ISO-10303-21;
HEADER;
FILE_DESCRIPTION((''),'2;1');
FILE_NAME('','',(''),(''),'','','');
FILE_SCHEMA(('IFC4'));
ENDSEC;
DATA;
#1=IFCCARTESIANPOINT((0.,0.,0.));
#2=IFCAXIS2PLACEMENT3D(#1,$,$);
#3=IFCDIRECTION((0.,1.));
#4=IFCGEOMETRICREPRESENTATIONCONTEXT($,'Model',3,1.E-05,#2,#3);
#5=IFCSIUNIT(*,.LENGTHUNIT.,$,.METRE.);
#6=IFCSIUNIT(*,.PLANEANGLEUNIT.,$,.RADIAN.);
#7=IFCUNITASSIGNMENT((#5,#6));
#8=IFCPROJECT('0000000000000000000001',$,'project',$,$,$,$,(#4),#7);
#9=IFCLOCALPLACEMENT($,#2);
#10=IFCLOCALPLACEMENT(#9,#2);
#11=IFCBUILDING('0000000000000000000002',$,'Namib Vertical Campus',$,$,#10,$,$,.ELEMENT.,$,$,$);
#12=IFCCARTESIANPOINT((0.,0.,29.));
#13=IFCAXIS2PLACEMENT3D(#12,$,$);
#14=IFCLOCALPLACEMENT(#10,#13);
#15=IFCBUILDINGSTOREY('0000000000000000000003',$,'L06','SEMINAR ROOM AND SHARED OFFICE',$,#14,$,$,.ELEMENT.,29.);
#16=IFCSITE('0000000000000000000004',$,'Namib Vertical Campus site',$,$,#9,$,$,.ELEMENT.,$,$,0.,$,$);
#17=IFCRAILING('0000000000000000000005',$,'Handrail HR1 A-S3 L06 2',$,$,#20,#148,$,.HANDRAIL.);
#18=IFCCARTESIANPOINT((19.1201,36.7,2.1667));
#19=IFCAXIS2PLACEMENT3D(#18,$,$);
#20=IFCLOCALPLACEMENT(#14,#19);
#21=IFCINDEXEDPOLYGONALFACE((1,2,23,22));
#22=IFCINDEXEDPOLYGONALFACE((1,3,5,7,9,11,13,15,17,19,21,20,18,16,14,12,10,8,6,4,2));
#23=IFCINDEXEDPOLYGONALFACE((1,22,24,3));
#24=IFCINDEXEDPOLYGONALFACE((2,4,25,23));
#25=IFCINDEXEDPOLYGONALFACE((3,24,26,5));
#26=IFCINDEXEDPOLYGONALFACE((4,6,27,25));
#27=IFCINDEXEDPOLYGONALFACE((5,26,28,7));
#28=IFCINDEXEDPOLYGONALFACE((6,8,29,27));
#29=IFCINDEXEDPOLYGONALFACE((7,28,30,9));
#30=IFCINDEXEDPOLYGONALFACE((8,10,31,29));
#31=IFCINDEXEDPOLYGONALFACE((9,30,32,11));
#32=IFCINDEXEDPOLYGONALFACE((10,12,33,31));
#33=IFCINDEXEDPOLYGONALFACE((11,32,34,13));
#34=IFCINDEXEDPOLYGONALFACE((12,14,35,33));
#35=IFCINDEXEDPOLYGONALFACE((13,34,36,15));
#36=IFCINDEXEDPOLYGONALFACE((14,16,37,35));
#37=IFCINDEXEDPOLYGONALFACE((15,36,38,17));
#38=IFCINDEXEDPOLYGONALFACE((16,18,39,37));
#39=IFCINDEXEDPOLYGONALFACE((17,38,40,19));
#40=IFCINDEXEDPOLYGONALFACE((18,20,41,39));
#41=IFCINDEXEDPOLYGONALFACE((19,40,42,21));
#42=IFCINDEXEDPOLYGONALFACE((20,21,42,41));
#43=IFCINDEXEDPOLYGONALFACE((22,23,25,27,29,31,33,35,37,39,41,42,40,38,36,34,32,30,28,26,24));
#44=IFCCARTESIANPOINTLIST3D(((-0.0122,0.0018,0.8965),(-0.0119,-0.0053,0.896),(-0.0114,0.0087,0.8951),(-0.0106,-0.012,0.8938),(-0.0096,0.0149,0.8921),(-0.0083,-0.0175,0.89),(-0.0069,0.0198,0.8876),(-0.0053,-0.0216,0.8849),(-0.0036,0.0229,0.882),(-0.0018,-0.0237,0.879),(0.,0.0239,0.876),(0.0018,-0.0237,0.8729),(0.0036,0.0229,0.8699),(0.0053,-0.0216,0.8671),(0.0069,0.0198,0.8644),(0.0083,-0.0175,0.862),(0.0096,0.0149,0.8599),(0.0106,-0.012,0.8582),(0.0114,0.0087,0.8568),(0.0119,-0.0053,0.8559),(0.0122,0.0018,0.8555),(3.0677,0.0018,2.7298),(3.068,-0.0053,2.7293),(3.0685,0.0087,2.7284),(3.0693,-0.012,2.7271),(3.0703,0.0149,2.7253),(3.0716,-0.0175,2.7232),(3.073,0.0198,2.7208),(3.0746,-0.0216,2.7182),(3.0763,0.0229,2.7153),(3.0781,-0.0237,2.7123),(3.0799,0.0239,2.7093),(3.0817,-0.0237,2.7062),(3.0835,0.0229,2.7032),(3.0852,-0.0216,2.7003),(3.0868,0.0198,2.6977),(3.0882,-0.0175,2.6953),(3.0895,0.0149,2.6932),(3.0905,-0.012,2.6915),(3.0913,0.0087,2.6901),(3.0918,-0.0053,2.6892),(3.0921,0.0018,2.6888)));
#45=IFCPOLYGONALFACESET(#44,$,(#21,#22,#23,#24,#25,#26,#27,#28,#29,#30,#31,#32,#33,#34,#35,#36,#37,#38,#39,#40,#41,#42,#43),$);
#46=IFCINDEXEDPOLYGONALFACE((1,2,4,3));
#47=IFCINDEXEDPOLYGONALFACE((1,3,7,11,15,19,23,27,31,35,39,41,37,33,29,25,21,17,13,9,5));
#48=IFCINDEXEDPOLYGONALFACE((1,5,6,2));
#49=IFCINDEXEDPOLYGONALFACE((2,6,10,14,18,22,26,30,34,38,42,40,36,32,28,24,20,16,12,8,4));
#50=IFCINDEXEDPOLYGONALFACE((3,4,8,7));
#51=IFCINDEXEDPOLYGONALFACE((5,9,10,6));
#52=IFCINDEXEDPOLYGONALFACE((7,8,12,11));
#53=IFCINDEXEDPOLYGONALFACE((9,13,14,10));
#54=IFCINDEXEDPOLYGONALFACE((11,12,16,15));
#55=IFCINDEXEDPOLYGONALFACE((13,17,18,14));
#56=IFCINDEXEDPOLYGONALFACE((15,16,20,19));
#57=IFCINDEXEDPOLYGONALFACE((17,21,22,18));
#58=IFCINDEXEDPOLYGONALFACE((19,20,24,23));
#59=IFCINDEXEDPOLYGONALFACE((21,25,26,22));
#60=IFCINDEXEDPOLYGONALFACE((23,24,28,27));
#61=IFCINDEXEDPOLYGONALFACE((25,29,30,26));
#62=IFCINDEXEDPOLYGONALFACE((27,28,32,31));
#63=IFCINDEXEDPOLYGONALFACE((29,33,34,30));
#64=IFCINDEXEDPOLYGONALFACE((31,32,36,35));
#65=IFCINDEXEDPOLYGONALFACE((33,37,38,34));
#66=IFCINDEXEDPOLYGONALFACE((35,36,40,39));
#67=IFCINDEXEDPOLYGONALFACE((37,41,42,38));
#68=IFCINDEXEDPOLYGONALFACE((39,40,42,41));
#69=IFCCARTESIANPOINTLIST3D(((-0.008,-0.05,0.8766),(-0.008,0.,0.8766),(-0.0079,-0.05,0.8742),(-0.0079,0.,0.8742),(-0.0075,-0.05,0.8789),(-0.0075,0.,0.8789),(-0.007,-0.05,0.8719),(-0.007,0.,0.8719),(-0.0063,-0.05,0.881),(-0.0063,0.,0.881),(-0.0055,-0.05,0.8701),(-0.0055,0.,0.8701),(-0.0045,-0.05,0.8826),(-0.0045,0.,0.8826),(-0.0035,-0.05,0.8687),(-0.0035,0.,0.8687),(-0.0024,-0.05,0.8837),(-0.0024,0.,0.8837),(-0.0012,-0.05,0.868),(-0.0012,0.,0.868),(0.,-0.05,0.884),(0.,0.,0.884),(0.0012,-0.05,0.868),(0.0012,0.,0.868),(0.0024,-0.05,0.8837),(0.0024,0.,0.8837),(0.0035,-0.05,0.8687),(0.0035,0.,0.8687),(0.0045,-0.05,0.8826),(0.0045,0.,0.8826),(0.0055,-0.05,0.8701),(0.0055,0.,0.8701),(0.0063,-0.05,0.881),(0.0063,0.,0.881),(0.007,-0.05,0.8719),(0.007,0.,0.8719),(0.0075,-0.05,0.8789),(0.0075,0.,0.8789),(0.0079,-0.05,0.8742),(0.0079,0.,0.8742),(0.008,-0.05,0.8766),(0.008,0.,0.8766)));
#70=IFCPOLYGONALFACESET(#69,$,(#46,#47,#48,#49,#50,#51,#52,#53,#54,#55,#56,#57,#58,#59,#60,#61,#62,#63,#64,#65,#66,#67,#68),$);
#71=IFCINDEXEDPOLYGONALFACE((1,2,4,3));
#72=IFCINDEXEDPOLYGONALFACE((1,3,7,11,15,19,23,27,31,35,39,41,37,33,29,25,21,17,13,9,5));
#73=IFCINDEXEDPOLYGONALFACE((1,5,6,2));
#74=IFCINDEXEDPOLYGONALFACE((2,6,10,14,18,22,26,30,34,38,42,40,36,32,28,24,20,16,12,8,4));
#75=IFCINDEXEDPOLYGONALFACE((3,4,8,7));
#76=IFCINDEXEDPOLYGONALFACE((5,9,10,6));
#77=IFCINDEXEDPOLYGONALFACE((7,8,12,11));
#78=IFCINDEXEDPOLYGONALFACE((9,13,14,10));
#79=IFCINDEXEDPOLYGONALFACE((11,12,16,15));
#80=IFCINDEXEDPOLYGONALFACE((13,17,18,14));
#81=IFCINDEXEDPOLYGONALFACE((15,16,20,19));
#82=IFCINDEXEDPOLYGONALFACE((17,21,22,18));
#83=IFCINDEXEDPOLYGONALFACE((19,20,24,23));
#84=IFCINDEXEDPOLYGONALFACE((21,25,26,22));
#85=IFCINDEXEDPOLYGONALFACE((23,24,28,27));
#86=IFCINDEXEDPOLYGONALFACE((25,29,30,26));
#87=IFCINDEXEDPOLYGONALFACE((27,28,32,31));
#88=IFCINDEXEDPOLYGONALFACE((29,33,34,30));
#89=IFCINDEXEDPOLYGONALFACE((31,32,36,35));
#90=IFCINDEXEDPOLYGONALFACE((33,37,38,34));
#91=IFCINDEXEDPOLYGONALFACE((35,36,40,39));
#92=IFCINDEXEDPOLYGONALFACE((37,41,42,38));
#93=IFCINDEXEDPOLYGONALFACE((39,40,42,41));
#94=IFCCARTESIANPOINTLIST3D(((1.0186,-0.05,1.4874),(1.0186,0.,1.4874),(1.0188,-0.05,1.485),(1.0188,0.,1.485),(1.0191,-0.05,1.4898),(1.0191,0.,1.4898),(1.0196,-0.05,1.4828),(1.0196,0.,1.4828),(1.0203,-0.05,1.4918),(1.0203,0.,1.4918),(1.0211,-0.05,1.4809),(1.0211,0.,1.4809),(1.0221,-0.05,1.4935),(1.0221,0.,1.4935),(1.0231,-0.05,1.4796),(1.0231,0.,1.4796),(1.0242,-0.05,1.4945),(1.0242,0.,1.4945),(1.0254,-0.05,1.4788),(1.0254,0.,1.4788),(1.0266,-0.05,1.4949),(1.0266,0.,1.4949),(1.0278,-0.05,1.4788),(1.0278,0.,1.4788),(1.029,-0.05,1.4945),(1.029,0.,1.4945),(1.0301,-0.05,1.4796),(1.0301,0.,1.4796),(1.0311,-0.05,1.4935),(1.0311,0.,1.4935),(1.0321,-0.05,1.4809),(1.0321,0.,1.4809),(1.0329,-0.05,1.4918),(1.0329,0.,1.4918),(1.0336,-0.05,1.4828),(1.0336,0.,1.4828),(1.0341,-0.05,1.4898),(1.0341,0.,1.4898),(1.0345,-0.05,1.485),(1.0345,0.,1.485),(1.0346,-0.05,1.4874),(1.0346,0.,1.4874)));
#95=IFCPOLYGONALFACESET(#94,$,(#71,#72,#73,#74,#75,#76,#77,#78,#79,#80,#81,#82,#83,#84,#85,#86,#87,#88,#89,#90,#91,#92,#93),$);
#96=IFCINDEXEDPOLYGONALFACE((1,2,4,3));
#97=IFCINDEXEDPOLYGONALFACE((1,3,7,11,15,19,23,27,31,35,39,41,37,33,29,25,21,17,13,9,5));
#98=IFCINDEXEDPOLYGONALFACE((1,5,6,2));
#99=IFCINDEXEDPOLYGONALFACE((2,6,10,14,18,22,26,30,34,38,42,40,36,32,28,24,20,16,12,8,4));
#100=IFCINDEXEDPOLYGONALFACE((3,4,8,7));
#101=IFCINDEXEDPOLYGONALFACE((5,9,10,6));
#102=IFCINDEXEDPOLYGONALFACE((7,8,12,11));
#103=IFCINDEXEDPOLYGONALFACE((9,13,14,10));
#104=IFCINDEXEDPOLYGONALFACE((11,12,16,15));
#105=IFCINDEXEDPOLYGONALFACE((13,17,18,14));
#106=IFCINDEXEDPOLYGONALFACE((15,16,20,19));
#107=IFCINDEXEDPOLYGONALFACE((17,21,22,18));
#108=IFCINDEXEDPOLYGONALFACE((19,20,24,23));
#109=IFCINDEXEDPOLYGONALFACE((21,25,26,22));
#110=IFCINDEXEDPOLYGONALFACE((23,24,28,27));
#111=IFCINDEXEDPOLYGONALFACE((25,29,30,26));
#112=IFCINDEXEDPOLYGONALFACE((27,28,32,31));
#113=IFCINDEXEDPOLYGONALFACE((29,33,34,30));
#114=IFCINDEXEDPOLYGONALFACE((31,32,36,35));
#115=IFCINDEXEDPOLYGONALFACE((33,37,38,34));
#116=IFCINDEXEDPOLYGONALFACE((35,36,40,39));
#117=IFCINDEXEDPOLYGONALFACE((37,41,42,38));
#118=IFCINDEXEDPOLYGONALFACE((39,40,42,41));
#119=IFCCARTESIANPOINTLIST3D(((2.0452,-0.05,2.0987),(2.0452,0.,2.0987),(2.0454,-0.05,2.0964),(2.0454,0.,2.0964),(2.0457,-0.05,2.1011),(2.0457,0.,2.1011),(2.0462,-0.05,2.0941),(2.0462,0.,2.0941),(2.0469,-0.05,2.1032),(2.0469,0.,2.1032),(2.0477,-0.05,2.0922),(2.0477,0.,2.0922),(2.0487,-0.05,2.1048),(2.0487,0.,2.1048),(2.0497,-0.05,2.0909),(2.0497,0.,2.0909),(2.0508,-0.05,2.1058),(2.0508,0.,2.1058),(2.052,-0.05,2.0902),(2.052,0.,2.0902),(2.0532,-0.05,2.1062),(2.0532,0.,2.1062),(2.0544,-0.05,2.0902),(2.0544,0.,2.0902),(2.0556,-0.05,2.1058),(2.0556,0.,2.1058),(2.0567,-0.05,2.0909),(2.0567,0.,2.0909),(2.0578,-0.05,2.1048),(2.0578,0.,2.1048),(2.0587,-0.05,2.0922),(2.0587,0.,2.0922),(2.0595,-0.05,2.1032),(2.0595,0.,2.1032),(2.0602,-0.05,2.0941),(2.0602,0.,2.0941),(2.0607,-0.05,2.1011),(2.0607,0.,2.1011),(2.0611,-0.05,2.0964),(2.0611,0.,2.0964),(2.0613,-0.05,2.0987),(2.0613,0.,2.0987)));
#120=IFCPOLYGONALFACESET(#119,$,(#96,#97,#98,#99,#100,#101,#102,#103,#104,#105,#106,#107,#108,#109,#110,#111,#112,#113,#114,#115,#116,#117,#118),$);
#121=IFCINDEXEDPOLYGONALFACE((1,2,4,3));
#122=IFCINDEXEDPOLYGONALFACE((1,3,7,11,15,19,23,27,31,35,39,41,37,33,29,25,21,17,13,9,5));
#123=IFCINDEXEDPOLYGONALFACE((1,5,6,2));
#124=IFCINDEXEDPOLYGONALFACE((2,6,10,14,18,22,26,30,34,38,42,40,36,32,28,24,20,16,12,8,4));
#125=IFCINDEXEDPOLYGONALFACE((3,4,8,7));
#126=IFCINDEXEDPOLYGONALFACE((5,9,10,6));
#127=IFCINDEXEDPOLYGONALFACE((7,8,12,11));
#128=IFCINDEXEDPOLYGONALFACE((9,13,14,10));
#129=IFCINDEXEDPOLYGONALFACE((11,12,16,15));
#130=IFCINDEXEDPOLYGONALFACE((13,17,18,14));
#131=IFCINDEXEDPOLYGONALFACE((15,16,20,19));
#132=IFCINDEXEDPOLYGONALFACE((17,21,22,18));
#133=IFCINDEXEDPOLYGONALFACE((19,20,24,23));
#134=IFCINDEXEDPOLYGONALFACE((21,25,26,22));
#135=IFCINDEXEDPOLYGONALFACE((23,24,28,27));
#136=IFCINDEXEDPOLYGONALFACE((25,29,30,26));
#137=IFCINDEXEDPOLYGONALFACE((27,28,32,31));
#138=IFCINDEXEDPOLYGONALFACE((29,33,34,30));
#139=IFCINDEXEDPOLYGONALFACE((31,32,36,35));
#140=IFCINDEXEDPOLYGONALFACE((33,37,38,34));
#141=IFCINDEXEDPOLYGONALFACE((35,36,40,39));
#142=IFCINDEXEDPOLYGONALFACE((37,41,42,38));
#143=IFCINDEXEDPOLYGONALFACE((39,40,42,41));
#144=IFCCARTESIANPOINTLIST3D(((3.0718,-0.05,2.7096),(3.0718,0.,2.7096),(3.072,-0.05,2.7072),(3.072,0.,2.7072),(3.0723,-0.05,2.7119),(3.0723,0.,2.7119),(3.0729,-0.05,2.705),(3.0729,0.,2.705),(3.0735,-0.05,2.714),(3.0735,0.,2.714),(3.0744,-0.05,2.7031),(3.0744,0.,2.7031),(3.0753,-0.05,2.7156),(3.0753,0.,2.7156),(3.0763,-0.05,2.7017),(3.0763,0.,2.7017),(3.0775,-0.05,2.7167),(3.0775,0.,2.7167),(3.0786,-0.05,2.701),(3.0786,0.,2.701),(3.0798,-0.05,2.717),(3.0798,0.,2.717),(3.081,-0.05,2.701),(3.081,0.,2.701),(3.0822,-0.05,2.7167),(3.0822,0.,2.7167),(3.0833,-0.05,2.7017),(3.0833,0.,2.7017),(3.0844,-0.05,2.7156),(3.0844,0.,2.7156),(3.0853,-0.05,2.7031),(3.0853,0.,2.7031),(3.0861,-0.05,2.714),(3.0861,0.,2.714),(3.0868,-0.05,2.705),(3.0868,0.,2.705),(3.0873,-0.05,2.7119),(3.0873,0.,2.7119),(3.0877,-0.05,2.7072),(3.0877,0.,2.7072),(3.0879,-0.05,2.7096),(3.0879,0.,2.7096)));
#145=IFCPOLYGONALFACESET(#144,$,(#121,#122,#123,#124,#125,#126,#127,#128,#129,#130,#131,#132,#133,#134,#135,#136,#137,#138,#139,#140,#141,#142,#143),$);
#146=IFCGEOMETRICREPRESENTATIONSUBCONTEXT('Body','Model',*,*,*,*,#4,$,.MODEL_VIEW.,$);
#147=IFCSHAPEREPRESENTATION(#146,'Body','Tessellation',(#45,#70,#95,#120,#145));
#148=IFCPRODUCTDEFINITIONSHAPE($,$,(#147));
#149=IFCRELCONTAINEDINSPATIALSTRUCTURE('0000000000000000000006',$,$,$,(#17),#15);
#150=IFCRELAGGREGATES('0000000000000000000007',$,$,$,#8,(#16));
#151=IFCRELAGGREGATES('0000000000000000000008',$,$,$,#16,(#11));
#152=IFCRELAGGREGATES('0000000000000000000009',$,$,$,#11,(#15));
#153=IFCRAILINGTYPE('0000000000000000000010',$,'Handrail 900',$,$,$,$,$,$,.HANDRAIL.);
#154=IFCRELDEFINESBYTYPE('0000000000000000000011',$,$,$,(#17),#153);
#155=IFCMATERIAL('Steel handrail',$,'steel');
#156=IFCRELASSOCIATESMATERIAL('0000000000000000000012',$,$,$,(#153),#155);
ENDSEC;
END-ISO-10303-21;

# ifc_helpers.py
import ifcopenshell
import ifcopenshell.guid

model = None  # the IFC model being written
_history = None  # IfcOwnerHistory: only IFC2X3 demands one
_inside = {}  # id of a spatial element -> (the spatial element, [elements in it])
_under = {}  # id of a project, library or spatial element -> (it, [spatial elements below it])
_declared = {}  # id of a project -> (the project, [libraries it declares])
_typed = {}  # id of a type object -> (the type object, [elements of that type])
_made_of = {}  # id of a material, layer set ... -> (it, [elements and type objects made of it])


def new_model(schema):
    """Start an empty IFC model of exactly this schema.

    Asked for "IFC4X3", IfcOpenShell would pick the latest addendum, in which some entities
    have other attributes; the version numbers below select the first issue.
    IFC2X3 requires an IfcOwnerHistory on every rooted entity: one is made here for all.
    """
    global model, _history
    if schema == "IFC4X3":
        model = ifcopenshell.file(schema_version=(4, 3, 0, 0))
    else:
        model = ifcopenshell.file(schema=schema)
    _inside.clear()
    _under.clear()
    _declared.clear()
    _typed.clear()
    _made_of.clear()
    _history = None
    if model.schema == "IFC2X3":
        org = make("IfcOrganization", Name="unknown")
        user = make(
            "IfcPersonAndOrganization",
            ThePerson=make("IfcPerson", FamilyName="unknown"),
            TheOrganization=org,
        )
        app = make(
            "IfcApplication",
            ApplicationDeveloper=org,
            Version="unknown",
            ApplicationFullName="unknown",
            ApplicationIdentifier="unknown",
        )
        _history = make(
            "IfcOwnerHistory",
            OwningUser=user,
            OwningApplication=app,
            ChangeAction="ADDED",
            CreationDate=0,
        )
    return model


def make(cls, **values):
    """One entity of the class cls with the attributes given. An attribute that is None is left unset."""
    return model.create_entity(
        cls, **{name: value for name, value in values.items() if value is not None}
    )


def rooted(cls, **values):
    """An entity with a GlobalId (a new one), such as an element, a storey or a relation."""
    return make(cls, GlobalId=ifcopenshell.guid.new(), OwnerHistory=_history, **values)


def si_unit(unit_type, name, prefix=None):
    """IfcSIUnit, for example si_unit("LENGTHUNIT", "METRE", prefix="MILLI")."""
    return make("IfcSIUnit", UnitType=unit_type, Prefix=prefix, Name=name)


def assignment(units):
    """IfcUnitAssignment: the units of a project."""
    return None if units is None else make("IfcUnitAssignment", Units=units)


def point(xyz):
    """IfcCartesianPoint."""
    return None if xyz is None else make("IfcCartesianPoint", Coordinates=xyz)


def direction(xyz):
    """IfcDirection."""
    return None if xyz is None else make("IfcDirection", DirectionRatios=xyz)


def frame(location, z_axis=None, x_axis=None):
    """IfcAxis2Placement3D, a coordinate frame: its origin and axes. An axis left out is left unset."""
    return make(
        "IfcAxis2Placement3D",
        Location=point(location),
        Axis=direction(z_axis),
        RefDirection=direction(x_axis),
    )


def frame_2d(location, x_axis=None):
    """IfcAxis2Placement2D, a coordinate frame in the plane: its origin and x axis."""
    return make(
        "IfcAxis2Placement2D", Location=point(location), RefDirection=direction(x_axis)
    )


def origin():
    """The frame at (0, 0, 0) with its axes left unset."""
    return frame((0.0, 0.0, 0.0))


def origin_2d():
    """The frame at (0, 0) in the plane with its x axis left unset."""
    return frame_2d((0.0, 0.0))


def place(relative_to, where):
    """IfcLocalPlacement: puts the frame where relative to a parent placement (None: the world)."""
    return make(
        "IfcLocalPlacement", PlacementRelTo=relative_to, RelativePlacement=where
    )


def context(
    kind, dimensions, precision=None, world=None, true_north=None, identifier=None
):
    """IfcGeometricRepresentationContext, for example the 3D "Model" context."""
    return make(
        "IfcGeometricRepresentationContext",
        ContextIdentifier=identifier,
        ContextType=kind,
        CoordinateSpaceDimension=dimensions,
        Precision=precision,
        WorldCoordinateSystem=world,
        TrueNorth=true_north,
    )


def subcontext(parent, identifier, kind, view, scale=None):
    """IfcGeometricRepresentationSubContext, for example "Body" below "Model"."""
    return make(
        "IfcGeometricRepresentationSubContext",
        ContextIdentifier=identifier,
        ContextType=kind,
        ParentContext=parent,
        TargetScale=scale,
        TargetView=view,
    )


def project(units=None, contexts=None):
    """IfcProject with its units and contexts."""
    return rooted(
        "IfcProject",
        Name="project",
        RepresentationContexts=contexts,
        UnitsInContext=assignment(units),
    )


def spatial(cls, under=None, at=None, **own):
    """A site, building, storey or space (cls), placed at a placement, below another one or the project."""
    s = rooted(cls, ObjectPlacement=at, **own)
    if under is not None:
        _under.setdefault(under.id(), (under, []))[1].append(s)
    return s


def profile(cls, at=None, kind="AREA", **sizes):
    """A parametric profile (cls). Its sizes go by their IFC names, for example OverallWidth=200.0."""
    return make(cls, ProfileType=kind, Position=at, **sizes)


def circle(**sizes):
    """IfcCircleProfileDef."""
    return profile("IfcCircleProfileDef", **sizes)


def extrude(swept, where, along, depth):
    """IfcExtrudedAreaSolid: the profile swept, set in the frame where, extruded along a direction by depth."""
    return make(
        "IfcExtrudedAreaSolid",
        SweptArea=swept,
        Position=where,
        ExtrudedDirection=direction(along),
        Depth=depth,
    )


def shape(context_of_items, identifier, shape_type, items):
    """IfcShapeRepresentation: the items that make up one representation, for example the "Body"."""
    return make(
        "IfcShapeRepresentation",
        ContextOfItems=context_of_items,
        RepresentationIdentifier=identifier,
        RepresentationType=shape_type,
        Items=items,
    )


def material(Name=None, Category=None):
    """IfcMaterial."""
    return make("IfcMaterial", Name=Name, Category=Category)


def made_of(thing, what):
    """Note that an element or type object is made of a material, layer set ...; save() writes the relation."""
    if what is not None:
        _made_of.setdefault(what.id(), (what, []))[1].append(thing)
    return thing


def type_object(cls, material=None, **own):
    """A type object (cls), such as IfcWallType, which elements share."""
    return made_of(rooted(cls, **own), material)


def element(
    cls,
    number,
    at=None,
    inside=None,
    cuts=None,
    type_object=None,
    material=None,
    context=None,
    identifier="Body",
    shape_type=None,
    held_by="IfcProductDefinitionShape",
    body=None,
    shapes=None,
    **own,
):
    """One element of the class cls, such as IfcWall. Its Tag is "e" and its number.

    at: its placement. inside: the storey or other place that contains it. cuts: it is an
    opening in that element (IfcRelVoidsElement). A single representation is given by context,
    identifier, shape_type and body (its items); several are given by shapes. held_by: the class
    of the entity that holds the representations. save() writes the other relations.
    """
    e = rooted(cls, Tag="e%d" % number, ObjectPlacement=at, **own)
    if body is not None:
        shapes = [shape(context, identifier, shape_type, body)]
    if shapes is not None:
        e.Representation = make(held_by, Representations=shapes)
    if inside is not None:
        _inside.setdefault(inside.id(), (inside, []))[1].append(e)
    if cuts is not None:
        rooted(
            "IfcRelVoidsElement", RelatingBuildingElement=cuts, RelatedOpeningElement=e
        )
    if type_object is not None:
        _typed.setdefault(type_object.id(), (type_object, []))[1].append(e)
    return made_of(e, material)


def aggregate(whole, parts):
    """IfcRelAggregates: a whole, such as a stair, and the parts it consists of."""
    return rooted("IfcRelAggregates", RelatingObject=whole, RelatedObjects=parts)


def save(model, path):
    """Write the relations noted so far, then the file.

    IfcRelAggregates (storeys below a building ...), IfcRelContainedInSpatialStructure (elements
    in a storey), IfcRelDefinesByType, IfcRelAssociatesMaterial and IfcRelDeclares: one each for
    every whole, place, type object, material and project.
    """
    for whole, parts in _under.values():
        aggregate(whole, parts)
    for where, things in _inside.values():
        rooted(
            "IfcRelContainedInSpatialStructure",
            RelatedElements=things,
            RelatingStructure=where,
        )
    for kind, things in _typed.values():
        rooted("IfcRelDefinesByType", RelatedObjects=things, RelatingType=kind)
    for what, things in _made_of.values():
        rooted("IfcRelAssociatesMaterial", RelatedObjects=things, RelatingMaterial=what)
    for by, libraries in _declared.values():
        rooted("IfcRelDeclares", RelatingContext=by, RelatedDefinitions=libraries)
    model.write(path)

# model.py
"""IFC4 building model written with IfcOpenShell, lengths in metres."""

from ifc_helpers import new_model, si_unit, direction, frame, origin, origin_2d, place, context, subcontext, project, spatial, circle, extrude, material, type_object, element, save


model = new_model("IFC4")

# Units and contexts
model_context = context("Model", 3, precision=1e-05, world=origin(), true_north=direction((0.0, 1.0)))
body_context = subcontext(model_context, "Body", "Model", "MODEL_VIEW")
ifc_project = project(units=[si_unit("LENGTHUNIT", "METRE"), si_unit("PLANEANGLEUNIT", "RADIAN")], contexts=[model_context])

# Site, building, storey
site_placement = place(None, origin())
site = spatial("IfcSite", under=ifc_project, at=site_placement, Name="Namib Vertical Campus site", CompositionType="ELEMENT", RefElevation=0.0)
building_placement = place(site_placement, origin())
building = spatial("IfcBuilding", under=site, at=building_placement, Name="Namib Vertical Campus", CompositionType="ELEMENT")
storey_placement = place(building_placement, frame((0.0, 0.0, 29.0)))
storey = spatial("IfcBuildingStorey", under=building, at=storey_placement, Name="L06", Description="SEMINAR ROOM AND SHARED OFFICE", CompositionType="ELEMENT", Elevation=29.0)

# Railing
ifc_material_1 = material(Name="Steel handrail", Category="steel")
railing_type = type_object("IfcRailingType", Name="Handrail 900", PredefinedType="HANDRAIL", material=ifc_material_1)
railing_1_placement = place(storey_placement, frame((19.1201, 36.7, 2.1667)))
element("IfcRailing", 1, at=railing_1_placement, inside=storey, type_object=railing_type, Name="Handrail HR1 A-S3 L06 2", PredefinedType="HANDRAIL", context=body_context, shape_type="SweptSolid", body=[
    extrude(circle(Radius=0.0239, at=origin_2d()), frame((0.0, 0.0, 0.876), z_axis=(0.859291, 0.0, 0.511487), x_axis=(0.0, 1.0, 0.0)), (0.0, 0.0, 1.0), 3.5842),
    extrude(circle(Radius=0.0081, at=origin_2d()), frame((0.0, 0.0, 0.876), z_axis=(0.0, -1.0, 0.0), x_axis=(0.0, 0.0, 1.0)), (0.0, 0.0, 1.0), 0.05),
    extrude(circle(Radius=0.0081, at=origin_2d()), frame((1.0266, 0.0, 1.4868), z_axis=(0.0, -1.0, 0.0), x_axis=(0.0, 0.0, 1.0)), (0.0, 0.0, 1.0), 0.05),
    extrude(circle(Radius=0.0081, at=origin_2d()), frame((2.0532, 0.0, 2.0981), z_axis=(0.0, -1.0, 0.0), x_axis=(0.0, 0.0, 1.0)), (0.0, 0.0, 1.0), 0.05),
    extrude(circle(Radius=0.0081, at=origin_2d()), frame((3.0798, 0.0, 2.709), z_axis=(0.0, -1.0, 0.0), x_axis=(0.0, 0.0, 1.0)), (0.0, 0.0, 1.0), 0.05),
])

save(model, "model.ifc")
